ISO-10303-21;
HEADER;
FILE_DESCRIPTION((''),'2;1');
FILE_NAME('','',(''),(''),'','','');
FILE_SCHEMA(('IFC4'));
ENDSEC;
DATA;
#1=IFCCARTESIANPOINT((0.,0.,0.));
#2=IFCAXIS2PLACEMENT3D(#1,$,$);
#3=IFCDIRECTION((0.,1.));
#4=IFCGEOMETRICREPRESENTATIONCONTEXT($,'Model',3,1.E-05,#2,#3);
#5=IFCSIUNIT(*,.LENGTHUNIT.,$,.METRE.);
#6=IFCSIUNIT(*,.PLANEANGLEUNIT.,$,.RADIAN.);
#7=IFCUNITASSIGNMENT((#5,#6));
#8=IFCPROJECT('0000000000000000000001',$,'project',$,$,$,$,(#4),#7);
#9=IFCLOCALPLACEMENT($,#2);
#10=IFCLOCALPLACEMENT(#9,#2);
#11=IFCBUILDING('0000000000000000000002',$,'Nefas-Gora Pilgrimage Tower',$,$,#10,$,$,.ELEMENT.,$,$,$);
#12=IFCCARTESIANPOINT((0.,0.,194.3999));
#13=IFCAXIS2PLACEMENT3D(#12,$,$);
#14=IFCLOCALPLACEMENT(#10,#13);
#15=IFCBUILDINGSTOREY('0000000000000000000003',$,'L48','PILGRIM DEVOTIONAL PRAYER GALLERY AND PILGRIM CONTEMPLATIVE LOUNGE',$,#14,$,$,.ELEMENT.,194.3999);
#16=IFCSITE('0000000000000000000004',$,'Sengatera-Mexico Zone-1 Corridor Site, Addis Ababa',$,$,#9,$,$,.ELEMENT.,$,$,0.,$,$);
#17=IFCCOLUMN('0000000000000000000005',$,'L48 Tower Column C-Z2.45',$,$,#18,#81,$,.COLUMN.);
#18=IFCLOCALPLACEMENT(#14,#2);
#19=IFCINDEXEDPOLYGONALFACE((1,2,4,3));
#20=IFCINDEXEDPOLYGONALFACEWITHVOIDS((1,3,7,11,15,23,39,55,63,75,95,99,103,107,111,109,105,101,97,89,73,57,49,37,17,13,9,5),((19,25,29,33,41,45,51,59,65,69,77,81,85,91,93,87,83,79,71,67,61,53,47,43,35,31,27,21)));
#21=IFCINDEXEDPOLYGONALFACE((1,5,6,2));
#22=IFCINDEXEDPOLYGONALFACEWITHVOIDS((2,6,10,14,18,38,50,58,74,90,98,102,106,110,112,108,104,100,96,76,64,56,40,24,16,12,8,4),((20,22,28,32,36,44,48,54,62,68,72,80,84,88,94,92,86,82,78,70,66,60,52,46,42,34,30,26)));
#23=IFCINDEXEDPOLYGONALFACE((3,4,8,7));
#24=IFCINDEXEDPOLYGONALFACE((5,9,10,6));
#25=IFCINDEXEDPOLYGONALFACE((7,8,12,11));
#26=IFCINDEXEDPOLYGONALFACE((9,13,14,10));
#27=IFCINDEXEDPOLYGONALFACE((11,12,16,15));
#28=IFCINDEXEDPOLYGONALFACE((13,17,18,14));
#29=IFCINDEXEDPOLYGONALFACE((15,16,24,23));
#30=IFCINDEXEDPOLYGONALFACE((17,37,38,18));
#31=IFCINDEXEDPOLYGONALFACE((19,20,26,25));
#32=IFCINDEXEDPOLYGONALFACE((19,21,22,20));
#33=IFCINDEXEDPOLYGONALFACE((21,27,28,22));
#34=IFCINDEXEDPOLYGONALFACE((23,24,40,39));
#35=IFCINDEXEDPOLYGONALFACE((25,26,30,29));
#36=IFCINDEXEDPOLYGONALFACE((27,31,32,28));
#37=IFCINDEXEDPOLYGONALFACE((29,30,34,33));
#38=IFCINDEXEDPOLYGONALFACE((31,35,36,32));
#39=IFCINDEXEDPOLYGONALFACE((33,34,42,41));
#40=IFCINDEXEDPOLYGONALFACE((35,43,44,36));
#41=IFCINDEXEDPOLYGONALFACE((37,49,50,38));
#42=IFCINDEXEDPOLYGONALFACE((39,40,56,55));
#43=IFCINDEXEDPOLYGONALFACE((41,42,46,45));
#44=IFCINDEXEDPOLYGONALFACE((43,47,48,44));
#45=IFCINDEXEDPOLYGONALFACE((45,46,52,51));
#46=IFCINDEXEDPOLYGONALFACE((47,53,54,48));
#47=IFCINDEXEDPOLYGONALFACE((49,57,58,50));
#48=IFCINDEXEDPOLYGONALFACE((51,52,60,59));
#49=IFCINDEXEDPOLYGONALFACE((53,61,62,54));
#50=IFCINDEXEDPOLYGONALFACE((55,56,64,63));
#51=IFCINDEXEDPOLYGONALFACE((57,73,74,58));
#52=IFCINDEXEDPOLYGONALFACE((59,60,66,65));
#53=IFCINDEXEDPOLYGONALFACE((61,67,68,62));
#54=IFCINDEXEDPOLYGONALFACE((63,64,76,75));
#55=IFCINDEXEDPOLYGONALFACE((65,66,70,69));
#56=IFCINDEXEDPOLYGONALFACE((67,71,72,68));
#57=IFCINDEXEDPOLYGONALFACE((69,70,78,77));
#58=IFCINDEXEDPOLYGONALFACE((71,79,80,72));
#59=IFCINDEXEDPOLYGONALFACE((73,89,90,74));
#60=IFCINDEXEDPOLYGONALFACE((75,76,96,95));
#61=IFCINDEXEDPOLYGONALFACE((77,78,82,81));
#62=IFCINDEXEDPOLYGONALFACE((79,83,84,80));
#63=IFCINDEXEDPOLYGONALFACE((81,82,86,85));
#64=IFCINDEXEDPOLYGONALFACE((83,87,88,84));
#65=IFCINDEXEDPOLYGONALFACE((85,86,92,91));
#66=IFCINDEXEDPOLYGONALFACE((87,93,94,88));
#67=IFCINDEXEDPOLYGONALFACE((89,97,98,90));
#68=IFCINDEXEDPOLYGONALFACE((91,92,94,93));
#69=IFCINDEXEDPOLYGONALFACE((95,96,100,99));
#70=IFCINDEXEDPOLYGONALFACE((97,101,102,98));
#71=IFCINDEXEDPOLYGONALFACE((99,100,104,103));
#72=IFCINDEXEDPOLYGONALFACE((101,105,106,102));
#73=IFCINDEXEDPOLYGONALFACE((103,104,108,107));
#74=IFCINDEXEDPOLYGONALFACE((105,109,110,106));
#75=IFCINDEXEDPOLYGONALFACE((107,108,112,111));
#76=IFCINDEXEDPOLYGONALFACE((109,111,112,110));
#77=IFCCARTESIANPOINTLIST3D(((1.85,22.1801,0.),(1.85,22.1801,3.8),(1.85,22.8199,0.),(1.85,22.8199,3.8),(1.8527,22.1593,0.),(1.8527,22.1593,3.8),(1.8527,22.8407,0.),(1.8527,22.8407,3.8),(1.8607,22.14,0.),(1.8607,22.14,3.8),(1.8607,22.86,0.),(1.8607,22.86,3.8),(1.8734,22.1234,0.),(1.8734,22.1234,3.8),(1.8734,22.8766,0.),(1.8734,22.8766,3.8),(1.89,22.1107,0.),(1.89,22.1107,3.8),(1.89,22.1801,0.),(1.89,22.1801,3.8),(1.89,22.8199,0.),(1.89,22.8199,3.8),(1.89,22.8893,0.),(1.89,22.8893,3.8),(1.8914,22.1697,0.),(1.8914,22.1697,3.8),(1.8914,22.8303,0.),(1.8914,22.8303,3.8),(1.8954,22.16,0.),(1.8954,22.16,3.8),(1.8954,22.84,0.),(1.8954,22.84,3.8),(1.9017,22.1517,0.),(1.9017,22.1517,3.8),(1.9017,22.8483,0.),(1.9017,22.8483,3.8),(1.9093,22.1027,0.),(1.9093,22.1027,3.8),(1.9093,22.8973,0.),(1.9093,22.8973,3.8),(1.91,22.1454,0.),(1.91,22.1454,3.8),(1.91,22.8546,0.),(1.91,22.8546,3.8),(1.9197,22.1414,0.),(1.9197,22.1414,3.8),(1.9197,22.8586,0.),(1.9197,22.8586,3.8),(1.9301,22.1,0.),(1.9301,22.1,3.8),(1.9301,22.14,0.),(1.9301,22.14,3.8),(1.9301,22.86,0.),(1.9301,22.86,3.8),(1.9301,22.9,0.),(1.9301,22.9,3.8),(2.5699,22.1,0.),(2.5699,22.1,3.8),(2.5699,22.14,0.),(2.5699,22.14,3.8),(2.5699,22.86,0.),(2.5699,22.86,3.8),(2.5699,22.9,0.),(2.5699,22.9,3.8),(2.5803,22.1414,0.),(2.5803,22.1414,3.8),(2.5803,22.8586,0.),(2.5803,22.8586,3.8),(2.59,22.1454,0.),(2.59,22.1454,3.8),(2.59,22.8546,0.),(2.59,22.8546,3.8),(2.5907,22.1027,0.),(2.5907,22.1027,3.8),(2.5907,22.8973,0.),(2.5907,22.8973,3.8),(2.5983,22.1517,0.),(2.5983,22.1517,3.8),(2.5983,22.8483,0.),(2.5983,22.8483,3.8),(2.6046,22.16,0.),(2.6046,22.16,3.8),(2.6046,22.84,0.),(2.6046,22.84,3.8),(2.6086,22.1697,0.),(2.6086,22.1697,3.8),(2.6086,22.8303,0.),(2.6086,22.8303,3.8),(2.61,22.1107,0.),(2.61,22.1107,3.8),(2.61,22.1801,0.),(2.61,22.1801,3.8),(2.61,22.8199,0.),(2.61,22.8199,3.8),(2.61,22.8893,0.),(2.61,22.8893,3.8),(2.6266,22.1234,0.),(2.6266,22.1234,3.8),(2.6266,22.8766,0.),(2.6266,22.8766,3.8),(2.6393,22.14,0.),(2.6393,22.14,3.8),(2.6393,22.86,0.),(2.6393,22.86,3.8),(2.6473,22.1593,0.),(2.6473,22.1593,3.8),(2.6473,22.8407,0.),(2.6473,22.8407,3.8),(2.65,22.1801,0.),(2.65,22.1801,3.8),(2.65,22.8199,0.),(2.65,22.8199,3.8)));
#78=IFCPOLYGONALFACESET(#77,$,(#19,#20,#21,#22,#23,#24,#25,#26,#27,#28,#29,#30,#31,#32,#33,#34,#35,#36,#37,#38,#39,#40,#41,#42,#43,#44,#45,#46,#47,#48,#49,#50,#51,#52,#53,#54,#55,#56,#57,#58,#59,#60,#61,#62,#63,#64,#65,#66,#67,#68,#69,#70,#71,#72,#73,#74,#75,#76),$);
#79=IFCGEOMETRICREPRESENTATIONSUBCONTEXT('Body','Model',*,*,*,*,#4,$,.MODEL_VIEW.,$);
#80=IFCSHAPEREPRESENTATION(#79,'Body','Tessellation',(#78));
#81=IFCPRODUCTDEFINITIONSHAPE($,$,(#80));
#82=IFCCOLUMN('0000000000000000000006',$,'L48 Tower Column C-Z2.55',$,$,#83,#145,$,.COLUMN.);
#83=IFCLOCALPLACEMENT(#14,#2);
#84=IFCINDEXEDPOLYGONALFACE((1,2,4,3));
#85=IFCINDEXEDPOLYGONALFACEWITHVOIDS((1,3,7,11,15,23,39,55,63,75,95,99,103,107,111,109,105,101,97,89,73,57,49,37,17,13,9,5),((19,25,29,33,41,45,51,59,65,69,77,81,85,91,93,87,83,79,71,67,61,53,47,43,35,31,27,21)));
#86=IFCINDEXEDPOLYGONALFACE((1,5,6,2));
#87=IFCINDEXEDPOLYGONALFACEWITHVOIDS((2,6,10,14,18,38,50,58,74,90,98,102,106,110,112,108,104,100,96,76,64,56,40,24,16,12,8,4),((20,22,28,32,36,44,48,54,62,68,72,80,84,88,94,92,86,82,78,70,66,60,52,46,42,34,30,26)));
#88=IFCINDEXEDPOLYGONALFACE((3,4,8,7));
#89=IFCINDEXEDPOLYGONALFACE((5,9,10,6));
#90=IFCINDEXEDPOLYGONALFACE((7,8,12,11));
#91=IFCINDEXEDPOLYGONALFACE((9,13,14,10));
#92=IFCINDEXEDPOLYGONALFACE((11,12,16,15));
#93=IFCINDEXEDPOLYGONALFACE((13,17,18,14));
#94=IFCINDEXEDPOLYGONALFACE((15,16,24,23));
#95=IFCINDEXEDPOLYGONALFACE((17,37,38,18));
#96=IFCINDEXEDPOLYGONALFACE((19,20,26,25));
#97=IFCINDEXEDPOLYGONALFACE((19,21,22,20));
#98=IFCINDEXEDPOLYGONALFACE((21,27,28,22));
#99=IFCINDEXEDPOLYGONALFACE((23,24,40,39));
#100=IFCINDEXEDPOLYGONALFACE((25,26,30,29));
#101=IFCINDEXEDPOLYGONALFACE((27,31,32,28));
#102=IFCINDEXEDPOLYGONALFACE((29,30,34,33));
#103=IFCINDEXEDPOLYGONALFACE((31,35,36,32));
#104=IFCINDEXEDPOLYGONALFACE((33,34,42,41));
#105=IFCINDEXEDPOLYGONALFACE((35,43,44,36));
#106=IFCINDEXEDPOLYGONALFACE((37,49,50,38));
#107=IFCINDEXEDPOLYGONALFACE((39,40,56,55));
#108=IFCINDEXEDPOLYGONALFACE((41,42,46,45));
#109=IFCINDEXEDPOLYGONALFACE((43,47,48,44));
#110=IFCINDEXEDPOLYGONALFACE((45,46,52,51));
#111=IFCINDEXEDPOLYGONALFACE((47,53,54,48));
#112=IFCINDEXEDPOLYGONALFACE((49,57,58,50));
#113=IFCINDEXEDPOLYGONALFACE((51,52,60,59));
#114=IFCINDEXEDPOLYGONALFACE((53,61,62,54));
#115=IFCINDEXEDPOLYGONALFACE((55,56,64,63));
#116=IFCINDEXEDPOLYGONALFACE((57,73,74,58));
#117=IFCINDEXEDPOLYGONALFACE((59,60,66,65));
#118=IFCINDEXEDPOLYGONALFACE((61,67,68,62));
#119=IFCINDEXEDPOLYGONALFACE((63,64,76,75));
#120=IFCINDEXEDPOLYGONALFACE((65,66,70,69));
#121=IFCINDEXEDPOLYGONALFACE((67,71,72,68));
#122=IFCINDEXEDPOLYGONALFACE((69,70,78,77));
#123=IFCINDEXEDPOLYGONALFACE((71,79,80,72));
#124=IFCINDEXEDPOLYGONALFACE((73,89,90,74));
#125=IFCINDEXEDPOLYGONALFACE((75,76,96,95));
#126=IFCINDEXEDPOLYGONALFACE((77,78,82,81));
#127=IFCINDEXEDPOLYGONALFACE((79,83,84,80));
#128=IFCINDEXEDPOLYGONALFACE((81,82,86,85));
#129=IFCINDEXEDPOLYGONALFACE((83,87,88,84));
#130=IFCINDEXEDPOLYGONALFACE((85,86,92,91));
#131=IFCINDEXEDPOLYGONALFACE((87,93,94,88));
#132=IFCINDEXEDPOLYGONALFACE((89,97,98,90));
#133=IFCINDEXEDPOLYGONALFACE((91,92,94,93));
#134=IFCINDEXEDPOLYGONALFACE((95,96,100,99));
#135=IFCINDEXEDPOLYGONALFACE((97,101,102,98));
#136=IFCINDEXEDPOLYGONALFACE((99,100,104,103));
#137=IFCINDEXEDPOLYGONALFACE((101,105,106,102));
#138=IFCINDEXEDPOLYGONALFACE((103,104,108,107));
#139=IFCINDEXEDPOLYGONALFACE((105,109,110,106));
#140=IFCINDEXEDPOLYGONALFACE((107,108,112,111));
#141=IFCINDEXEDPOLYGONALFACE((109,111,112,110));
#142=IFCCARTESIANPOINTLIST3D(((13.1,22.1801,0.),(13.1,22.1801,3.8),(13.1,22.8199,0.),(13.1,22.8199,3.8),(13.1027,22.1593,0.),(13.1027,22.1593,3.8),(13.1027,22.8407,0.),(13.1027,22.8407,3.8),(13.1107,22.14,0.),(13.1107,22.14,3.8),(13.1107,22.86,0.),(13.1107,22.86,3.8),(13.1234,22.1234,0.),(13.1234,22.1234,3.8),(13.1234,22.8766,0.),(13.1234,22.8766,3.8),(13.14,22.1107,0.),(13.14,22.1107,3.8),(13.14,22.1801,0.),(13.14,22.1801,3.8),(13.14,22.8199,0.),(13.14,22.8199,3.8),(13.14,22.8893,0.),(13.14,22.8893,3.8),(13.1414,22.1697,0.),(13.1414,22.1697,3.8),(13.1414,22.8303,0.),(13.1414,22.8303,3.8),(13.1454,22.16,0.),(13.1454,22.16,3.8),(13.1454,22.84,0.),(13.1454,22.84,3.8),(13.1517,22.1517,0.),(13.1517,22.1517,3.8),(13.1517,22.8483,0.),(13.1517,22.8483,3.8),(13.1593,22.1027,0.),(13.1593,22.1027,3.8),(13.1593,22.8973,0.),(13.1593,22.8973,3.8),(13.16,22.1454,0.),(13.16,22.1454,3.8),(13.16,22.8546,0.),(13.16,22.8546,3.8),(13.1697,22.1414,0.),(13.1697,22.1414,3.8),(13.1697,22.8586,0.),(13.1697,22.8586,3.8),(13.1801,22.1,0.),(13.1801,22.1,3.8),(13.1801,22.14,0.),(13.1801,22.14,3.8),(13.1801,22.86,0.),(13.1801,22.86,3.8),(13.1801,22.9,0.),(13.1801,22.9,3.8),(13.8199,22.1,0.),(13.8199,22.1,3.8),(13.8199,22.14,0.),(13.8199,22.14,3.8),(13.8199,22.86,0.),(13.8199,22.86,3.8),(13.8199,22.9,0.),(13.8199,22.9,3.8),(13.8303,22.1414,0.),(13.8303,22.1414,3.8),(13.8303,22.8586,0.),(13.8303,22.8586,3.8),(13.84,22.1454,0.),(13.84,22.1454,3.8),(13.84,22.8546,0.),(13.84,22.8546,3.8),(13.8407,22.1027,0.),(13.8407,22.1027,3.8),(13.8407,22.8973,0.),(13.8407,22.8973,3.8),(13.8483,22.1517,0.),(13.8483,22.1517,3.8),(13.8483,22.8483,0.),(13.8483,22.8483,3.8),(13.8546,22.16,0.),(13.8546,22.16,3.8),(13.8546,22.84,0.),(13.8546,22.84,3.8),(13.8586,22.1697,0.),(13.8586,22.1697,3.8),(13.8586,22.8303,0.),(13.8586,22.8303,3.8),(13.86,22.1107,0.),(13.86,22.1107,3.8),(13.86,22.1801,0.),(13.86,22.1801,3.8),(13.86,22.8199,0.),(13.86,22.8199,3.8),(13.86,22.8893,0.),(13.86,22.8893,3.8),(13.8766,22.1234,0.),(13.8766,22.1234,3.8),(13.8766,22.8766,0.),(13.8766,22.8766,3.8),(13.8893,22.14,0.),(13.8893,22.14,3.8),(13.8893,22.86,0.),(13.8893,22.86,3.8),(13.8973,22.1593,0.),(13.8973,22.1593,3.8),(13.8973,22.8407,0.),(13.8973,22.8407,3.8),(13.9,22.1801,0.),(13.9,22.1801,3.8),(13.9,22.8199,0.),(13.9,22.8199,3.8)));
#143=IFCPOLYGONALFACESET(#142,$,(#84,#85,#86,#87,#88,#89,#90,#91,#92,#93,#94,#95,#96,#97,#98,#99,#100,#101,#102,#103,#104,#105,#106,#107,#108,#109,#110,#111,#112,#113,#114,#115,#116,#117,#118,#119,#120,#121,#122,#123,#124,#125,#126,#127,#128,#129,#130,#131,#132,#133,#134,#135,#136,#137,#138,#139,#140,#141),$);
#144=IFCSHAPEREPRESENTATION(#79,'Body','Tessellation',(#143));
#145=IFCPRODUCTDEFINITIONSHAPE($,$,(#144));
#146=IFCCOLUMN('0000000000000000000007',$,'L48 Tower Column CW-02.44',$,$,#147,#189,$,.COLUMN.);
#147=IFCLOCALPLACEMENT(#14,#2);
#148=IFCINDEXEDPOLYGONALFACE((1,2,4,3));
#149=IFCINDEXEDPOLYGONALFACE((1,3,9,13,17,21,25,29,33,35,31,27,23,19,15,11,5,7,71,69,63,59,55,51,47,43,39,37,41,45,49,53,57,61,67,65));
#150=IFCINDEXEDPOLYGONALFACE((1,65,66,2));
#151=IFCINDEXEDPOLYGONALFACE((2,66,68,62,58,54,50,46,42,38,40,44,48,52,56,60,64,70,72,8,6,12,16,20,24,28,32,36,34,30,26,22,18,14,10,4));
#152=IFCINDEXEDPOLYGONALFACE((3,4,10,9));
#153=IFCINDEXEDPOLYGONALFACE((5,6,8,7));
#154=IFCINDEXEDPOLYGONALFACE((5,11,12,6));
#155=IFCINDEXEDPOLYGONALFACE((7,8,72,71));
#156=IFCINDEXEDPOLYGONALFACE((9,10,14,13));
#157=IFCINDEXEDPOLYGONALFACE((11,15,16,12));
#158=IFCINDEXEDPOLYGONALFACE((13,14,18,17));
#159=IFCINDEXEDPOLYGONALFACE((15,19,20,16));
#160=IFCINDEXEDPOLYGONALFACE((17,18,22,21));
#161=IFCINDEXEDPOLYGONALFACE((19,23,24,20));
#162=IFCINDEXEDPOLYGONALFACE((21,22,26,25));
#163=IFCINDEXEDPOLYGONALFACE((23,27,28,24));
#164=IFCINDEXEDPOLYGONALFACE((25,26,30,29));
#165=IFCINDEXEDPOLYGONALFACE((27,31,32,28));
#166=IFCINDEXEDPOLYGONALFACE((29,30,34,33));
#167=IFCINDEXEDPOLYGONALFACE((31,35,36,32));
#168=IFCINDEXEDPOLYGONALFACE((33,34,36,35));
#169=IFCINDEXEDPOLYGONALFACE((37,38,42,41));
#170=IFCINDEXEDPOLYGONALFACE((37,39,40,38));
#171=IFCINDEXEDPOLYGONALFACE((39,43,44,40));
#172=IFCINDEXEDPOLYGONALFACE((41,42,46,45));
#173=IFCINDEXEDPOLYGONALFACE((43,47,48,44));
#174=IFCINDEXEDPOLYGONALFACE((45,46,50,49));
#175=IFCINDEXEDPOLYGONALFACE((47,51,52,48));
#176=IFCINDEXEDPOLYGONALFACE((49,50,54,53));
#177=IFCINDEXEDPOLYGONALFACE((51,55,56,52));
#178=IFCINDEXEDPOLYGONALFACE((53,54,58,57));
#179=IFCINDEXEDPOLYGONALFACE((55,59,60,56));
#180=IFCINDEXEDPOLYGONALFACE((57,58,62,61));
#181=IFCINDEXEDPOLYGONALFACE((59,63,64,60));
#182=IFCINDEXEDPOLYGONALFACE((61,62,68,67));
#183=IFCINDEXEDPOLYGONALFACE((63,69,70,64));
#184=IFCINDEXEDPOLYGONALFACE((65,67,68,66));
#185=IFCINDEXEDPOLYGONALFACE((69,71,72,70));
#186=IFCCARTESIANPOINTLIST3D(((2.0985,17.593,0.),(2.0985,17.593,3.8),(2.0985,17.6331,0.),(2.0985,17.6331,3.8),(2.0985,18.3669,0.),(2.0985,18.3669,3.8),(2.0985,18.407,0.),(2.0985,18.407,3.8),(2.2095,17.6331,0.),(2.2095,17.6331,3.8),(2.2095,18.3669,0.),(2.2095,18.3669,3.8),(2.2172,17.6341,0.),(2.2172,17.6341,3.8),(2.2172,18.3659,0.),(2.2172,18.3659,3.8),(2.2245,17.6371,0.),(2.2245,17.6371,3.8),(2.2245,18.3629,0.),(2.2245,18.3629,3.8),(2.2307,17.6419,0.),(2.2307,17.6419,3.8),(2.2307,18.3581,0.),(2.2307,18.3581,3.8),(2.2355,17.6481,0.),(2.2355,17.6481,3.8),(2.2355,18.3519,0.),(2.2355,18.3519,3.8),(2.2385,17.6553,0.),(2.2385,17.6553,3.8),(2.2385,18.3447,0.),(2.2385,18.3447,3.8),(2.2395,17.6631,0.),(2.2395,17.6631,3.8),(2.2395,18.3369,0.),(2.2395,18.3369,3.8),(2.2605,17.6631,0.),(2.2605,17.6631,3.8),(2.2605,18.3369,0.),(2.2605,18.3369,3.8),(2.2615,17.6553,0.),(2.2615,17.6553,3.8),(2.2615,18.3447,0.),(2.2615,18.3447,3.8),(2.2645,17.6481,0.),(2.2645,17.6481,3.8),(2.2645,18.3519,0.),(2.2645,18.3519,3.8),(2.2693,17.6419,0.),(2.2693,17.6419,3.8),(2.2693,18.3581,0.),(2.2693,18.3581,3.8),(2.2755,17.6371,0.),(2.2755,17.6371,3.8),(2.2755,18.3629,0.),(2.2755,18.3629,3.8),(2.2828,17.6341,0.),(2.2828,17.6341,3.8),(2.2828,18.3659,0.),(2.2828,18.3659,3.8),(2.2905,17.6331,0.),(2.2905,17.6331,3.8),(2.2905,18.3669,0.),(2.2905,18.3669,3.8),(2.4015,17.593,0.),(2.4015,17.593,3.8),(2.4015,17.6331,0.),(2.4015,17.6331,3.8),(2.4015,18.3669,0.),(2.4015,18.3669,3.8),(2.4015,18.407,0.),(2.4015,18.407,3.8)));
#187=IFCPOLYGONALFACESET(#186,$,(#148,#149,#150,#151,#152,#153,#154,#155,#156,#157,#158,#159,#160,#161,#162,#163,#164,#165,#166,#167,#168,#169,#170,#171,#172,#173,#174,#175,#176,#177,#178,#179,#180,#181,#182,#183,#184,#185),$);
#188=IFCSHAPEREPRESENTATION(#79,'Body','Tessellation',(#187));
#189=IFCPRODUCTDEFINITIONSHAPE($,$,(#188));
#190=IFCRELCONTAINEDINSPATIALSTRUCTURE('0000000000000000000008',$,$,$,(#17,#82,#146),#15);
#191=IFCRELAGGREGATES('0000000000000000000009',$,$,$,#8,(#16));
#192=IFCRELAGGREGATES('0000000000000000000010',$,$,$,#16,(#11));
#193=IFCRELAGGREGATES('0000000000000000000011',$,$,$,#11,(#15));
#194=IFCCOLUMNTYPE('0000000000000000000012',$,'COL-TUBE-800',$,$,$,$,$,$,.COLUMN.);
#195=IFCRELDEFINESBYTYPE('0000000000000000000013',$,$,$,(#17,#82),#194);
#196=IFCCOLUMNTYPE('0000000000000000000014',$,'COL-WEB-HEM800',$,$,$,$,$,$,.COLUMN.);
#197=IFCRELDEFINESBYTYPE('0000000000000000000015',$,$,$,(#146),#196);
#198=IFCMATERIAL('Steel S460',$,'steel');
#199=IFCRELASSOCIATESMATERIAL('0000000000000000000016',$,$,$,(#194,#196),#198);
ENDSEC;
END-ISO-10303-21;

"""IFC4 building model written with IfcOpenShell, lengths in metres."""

from ifc_helpers import new_model, si_unit, direction, frame, origin, origin_2d, place, context, subcontext, project, spatial, hollow_rectangle, i_section, extrude, source, transform, mapped, material, material_profile, profile_set, type_object, element, save


model = new_model("IFC4")

# Units and contexts
model_context = context("Model", 3, precision=1e-05, world=origin(), true_north=direction((0.0, 1.0)))
body_context = subcontext(model_context, "Body", "Model", "MODEL_VIEW")
ifc_project = project(units=[si_unit("LENGTHUNIT", "METRE"), si_unit("PLANEANGLEUNIT", "RADIAN")], contexts=[model_context])

# Site, building, storey
site_placement = place(None, origin())
site = spatial("IfcSite", under=ifc_project, at=site_placement, Name="Sengatera-Mexico Zone-1 Corridor Site, Addis Ababa", CompositionType="ELEMENT", RefElevation=0.0)
building_placement = place(site_placement, origin())
building = spatial("IfcBuilding", under=site, at=building_placement, Name="Nefas-Gora Pilgrimage Tower", CompositionType="ELEMENT")
storey_placement = place(building_placement, frame((0.0, 0.0, 194.3999)))
storey = spatial("IfcBuildingStorey", under=building, at=storey_placement, Name="L48", Description="PILGRIM DEVOTIONAL PRAYER GALLERY AND PILGRIM CONTEMPLATIVE LOUNGE", CompositionType="ELEMENT", Elevation=194.3999)

# Columns
ifc_material_1 = material(Name="Steel S460", Category="steel")
ifc_material_profile_1 = material_profile(ifc_material_1, hollow_rectangle(XDim=0.8, YDim=0.8, WallThickness=0.04, InnerFilletRadius=0.04, OuterFilletRadius=0.0801, at=origin_2d()), Name="BOX 800x800x40")
ifc_profile_set_1 = profile_set([ifc_material_profile_1], Name="Steel S460")
column_type_1 = type_object("IfcColumnType", Name="COL-TUBE-800", PredefinedType="COLUMN", material=ifc_profile_set_1)
shared_shape_1 = source(origin(), body_context, "Body", "SweptSolid", [
    extrude(hollow_rectangle(XDim=0.8, YDim=0.8, WallThickness=0.04, InnerFilletRadius=0.04, OuterFilletRadius=0.0801, at=origin_2d()), origin(), (0.0, 0.0, 1.0), 3.8),
])
for number, where, z_axis, x_axis, name in (
    (1, (2.25, 22.5, 0.0), (0.0, 0.0, 1.0), (1.0, 0.0, 0.0), "L48 Tower Column C-Z2.45"),
    (2, (13.5, 22.5, 0.0), (0.0, 0.0, 1.0), (1.0, 0.0, 0.0), "L48 Tower Column C-Z2.55"),
):
    element("IfcColumn", number, at=place(storey_placement, frame(where, z_axis=z_axis, x_axis=x_axis)), inside=storey, type_object=column_type_1, Name=name, PredefinedType="COLUMN", context=body_context, shape_type="MappedRepresentation", body=[
        mapped(shared_shape_1, transform((0.0, 0.0, 0.0), x_axis=(1.0, 0.0, 0.0), y_axis=(0.0, 1.0, 0.0), z_axis=(0.0, 0.0, 1.0), scale=1.0)),
    ])
ifc_material_profile_2 = material_profile(ifc_material_1, i_section(OverallWidth=0.303, OverallDepth=0.814, WebThickness=0.021, FlangeThickness=0.04, FilletRadius=0.03, at=origin_2d()), Name="HEM 800")
ifc_profile_set_2 = profile_set([ifc_material_profile_2], Name="Steel S460")
column_type_2 = type_object("IfcColumnType", Name="COL-WEB-HEM800", PredefinedType="COLUMN", material=ifc_profile_set_2)
shared_shape_2 = source(origin(), body_context, "Body", "SweptSolid", [
    extrude(i_section(OverallWidth=0.303, OverallDepth=0.814, WebThickness=0.021, FlangeThickness=0.04, FilletRadius=0.03, at=origin_2d()), origin(), (0.0, 0.0, 1.0), 3.8),
])
for number, where, z_axis, x_axis, name in (
    (3, (2.25, 18.0, 0.0), (0.0, 0.0, 1.0), (1.0, 0.0, 0.0), "L48 Tower Column CW-02.44"),
):
    element("IfcColumn", number, at=place(storey_placement, frame(where, z_axis=z_axis, x_axis=x_axis)), inside=storey, type_object=column_type_2, Name=name, PredefinedType="COLUMN", context=body_context, shape_type="MappedRepresentation", body=[
        mapped(shared_shape_2, transform((0.0, 0.0, 0.0), x_axis=(1.0, 0.0, 0.0), y_axis=(0.0, 1.0, 0.0), z_axis=(0.0, 0.0, 1.0), scale=1.0)),
    ])

save(model, "model.ifc")
